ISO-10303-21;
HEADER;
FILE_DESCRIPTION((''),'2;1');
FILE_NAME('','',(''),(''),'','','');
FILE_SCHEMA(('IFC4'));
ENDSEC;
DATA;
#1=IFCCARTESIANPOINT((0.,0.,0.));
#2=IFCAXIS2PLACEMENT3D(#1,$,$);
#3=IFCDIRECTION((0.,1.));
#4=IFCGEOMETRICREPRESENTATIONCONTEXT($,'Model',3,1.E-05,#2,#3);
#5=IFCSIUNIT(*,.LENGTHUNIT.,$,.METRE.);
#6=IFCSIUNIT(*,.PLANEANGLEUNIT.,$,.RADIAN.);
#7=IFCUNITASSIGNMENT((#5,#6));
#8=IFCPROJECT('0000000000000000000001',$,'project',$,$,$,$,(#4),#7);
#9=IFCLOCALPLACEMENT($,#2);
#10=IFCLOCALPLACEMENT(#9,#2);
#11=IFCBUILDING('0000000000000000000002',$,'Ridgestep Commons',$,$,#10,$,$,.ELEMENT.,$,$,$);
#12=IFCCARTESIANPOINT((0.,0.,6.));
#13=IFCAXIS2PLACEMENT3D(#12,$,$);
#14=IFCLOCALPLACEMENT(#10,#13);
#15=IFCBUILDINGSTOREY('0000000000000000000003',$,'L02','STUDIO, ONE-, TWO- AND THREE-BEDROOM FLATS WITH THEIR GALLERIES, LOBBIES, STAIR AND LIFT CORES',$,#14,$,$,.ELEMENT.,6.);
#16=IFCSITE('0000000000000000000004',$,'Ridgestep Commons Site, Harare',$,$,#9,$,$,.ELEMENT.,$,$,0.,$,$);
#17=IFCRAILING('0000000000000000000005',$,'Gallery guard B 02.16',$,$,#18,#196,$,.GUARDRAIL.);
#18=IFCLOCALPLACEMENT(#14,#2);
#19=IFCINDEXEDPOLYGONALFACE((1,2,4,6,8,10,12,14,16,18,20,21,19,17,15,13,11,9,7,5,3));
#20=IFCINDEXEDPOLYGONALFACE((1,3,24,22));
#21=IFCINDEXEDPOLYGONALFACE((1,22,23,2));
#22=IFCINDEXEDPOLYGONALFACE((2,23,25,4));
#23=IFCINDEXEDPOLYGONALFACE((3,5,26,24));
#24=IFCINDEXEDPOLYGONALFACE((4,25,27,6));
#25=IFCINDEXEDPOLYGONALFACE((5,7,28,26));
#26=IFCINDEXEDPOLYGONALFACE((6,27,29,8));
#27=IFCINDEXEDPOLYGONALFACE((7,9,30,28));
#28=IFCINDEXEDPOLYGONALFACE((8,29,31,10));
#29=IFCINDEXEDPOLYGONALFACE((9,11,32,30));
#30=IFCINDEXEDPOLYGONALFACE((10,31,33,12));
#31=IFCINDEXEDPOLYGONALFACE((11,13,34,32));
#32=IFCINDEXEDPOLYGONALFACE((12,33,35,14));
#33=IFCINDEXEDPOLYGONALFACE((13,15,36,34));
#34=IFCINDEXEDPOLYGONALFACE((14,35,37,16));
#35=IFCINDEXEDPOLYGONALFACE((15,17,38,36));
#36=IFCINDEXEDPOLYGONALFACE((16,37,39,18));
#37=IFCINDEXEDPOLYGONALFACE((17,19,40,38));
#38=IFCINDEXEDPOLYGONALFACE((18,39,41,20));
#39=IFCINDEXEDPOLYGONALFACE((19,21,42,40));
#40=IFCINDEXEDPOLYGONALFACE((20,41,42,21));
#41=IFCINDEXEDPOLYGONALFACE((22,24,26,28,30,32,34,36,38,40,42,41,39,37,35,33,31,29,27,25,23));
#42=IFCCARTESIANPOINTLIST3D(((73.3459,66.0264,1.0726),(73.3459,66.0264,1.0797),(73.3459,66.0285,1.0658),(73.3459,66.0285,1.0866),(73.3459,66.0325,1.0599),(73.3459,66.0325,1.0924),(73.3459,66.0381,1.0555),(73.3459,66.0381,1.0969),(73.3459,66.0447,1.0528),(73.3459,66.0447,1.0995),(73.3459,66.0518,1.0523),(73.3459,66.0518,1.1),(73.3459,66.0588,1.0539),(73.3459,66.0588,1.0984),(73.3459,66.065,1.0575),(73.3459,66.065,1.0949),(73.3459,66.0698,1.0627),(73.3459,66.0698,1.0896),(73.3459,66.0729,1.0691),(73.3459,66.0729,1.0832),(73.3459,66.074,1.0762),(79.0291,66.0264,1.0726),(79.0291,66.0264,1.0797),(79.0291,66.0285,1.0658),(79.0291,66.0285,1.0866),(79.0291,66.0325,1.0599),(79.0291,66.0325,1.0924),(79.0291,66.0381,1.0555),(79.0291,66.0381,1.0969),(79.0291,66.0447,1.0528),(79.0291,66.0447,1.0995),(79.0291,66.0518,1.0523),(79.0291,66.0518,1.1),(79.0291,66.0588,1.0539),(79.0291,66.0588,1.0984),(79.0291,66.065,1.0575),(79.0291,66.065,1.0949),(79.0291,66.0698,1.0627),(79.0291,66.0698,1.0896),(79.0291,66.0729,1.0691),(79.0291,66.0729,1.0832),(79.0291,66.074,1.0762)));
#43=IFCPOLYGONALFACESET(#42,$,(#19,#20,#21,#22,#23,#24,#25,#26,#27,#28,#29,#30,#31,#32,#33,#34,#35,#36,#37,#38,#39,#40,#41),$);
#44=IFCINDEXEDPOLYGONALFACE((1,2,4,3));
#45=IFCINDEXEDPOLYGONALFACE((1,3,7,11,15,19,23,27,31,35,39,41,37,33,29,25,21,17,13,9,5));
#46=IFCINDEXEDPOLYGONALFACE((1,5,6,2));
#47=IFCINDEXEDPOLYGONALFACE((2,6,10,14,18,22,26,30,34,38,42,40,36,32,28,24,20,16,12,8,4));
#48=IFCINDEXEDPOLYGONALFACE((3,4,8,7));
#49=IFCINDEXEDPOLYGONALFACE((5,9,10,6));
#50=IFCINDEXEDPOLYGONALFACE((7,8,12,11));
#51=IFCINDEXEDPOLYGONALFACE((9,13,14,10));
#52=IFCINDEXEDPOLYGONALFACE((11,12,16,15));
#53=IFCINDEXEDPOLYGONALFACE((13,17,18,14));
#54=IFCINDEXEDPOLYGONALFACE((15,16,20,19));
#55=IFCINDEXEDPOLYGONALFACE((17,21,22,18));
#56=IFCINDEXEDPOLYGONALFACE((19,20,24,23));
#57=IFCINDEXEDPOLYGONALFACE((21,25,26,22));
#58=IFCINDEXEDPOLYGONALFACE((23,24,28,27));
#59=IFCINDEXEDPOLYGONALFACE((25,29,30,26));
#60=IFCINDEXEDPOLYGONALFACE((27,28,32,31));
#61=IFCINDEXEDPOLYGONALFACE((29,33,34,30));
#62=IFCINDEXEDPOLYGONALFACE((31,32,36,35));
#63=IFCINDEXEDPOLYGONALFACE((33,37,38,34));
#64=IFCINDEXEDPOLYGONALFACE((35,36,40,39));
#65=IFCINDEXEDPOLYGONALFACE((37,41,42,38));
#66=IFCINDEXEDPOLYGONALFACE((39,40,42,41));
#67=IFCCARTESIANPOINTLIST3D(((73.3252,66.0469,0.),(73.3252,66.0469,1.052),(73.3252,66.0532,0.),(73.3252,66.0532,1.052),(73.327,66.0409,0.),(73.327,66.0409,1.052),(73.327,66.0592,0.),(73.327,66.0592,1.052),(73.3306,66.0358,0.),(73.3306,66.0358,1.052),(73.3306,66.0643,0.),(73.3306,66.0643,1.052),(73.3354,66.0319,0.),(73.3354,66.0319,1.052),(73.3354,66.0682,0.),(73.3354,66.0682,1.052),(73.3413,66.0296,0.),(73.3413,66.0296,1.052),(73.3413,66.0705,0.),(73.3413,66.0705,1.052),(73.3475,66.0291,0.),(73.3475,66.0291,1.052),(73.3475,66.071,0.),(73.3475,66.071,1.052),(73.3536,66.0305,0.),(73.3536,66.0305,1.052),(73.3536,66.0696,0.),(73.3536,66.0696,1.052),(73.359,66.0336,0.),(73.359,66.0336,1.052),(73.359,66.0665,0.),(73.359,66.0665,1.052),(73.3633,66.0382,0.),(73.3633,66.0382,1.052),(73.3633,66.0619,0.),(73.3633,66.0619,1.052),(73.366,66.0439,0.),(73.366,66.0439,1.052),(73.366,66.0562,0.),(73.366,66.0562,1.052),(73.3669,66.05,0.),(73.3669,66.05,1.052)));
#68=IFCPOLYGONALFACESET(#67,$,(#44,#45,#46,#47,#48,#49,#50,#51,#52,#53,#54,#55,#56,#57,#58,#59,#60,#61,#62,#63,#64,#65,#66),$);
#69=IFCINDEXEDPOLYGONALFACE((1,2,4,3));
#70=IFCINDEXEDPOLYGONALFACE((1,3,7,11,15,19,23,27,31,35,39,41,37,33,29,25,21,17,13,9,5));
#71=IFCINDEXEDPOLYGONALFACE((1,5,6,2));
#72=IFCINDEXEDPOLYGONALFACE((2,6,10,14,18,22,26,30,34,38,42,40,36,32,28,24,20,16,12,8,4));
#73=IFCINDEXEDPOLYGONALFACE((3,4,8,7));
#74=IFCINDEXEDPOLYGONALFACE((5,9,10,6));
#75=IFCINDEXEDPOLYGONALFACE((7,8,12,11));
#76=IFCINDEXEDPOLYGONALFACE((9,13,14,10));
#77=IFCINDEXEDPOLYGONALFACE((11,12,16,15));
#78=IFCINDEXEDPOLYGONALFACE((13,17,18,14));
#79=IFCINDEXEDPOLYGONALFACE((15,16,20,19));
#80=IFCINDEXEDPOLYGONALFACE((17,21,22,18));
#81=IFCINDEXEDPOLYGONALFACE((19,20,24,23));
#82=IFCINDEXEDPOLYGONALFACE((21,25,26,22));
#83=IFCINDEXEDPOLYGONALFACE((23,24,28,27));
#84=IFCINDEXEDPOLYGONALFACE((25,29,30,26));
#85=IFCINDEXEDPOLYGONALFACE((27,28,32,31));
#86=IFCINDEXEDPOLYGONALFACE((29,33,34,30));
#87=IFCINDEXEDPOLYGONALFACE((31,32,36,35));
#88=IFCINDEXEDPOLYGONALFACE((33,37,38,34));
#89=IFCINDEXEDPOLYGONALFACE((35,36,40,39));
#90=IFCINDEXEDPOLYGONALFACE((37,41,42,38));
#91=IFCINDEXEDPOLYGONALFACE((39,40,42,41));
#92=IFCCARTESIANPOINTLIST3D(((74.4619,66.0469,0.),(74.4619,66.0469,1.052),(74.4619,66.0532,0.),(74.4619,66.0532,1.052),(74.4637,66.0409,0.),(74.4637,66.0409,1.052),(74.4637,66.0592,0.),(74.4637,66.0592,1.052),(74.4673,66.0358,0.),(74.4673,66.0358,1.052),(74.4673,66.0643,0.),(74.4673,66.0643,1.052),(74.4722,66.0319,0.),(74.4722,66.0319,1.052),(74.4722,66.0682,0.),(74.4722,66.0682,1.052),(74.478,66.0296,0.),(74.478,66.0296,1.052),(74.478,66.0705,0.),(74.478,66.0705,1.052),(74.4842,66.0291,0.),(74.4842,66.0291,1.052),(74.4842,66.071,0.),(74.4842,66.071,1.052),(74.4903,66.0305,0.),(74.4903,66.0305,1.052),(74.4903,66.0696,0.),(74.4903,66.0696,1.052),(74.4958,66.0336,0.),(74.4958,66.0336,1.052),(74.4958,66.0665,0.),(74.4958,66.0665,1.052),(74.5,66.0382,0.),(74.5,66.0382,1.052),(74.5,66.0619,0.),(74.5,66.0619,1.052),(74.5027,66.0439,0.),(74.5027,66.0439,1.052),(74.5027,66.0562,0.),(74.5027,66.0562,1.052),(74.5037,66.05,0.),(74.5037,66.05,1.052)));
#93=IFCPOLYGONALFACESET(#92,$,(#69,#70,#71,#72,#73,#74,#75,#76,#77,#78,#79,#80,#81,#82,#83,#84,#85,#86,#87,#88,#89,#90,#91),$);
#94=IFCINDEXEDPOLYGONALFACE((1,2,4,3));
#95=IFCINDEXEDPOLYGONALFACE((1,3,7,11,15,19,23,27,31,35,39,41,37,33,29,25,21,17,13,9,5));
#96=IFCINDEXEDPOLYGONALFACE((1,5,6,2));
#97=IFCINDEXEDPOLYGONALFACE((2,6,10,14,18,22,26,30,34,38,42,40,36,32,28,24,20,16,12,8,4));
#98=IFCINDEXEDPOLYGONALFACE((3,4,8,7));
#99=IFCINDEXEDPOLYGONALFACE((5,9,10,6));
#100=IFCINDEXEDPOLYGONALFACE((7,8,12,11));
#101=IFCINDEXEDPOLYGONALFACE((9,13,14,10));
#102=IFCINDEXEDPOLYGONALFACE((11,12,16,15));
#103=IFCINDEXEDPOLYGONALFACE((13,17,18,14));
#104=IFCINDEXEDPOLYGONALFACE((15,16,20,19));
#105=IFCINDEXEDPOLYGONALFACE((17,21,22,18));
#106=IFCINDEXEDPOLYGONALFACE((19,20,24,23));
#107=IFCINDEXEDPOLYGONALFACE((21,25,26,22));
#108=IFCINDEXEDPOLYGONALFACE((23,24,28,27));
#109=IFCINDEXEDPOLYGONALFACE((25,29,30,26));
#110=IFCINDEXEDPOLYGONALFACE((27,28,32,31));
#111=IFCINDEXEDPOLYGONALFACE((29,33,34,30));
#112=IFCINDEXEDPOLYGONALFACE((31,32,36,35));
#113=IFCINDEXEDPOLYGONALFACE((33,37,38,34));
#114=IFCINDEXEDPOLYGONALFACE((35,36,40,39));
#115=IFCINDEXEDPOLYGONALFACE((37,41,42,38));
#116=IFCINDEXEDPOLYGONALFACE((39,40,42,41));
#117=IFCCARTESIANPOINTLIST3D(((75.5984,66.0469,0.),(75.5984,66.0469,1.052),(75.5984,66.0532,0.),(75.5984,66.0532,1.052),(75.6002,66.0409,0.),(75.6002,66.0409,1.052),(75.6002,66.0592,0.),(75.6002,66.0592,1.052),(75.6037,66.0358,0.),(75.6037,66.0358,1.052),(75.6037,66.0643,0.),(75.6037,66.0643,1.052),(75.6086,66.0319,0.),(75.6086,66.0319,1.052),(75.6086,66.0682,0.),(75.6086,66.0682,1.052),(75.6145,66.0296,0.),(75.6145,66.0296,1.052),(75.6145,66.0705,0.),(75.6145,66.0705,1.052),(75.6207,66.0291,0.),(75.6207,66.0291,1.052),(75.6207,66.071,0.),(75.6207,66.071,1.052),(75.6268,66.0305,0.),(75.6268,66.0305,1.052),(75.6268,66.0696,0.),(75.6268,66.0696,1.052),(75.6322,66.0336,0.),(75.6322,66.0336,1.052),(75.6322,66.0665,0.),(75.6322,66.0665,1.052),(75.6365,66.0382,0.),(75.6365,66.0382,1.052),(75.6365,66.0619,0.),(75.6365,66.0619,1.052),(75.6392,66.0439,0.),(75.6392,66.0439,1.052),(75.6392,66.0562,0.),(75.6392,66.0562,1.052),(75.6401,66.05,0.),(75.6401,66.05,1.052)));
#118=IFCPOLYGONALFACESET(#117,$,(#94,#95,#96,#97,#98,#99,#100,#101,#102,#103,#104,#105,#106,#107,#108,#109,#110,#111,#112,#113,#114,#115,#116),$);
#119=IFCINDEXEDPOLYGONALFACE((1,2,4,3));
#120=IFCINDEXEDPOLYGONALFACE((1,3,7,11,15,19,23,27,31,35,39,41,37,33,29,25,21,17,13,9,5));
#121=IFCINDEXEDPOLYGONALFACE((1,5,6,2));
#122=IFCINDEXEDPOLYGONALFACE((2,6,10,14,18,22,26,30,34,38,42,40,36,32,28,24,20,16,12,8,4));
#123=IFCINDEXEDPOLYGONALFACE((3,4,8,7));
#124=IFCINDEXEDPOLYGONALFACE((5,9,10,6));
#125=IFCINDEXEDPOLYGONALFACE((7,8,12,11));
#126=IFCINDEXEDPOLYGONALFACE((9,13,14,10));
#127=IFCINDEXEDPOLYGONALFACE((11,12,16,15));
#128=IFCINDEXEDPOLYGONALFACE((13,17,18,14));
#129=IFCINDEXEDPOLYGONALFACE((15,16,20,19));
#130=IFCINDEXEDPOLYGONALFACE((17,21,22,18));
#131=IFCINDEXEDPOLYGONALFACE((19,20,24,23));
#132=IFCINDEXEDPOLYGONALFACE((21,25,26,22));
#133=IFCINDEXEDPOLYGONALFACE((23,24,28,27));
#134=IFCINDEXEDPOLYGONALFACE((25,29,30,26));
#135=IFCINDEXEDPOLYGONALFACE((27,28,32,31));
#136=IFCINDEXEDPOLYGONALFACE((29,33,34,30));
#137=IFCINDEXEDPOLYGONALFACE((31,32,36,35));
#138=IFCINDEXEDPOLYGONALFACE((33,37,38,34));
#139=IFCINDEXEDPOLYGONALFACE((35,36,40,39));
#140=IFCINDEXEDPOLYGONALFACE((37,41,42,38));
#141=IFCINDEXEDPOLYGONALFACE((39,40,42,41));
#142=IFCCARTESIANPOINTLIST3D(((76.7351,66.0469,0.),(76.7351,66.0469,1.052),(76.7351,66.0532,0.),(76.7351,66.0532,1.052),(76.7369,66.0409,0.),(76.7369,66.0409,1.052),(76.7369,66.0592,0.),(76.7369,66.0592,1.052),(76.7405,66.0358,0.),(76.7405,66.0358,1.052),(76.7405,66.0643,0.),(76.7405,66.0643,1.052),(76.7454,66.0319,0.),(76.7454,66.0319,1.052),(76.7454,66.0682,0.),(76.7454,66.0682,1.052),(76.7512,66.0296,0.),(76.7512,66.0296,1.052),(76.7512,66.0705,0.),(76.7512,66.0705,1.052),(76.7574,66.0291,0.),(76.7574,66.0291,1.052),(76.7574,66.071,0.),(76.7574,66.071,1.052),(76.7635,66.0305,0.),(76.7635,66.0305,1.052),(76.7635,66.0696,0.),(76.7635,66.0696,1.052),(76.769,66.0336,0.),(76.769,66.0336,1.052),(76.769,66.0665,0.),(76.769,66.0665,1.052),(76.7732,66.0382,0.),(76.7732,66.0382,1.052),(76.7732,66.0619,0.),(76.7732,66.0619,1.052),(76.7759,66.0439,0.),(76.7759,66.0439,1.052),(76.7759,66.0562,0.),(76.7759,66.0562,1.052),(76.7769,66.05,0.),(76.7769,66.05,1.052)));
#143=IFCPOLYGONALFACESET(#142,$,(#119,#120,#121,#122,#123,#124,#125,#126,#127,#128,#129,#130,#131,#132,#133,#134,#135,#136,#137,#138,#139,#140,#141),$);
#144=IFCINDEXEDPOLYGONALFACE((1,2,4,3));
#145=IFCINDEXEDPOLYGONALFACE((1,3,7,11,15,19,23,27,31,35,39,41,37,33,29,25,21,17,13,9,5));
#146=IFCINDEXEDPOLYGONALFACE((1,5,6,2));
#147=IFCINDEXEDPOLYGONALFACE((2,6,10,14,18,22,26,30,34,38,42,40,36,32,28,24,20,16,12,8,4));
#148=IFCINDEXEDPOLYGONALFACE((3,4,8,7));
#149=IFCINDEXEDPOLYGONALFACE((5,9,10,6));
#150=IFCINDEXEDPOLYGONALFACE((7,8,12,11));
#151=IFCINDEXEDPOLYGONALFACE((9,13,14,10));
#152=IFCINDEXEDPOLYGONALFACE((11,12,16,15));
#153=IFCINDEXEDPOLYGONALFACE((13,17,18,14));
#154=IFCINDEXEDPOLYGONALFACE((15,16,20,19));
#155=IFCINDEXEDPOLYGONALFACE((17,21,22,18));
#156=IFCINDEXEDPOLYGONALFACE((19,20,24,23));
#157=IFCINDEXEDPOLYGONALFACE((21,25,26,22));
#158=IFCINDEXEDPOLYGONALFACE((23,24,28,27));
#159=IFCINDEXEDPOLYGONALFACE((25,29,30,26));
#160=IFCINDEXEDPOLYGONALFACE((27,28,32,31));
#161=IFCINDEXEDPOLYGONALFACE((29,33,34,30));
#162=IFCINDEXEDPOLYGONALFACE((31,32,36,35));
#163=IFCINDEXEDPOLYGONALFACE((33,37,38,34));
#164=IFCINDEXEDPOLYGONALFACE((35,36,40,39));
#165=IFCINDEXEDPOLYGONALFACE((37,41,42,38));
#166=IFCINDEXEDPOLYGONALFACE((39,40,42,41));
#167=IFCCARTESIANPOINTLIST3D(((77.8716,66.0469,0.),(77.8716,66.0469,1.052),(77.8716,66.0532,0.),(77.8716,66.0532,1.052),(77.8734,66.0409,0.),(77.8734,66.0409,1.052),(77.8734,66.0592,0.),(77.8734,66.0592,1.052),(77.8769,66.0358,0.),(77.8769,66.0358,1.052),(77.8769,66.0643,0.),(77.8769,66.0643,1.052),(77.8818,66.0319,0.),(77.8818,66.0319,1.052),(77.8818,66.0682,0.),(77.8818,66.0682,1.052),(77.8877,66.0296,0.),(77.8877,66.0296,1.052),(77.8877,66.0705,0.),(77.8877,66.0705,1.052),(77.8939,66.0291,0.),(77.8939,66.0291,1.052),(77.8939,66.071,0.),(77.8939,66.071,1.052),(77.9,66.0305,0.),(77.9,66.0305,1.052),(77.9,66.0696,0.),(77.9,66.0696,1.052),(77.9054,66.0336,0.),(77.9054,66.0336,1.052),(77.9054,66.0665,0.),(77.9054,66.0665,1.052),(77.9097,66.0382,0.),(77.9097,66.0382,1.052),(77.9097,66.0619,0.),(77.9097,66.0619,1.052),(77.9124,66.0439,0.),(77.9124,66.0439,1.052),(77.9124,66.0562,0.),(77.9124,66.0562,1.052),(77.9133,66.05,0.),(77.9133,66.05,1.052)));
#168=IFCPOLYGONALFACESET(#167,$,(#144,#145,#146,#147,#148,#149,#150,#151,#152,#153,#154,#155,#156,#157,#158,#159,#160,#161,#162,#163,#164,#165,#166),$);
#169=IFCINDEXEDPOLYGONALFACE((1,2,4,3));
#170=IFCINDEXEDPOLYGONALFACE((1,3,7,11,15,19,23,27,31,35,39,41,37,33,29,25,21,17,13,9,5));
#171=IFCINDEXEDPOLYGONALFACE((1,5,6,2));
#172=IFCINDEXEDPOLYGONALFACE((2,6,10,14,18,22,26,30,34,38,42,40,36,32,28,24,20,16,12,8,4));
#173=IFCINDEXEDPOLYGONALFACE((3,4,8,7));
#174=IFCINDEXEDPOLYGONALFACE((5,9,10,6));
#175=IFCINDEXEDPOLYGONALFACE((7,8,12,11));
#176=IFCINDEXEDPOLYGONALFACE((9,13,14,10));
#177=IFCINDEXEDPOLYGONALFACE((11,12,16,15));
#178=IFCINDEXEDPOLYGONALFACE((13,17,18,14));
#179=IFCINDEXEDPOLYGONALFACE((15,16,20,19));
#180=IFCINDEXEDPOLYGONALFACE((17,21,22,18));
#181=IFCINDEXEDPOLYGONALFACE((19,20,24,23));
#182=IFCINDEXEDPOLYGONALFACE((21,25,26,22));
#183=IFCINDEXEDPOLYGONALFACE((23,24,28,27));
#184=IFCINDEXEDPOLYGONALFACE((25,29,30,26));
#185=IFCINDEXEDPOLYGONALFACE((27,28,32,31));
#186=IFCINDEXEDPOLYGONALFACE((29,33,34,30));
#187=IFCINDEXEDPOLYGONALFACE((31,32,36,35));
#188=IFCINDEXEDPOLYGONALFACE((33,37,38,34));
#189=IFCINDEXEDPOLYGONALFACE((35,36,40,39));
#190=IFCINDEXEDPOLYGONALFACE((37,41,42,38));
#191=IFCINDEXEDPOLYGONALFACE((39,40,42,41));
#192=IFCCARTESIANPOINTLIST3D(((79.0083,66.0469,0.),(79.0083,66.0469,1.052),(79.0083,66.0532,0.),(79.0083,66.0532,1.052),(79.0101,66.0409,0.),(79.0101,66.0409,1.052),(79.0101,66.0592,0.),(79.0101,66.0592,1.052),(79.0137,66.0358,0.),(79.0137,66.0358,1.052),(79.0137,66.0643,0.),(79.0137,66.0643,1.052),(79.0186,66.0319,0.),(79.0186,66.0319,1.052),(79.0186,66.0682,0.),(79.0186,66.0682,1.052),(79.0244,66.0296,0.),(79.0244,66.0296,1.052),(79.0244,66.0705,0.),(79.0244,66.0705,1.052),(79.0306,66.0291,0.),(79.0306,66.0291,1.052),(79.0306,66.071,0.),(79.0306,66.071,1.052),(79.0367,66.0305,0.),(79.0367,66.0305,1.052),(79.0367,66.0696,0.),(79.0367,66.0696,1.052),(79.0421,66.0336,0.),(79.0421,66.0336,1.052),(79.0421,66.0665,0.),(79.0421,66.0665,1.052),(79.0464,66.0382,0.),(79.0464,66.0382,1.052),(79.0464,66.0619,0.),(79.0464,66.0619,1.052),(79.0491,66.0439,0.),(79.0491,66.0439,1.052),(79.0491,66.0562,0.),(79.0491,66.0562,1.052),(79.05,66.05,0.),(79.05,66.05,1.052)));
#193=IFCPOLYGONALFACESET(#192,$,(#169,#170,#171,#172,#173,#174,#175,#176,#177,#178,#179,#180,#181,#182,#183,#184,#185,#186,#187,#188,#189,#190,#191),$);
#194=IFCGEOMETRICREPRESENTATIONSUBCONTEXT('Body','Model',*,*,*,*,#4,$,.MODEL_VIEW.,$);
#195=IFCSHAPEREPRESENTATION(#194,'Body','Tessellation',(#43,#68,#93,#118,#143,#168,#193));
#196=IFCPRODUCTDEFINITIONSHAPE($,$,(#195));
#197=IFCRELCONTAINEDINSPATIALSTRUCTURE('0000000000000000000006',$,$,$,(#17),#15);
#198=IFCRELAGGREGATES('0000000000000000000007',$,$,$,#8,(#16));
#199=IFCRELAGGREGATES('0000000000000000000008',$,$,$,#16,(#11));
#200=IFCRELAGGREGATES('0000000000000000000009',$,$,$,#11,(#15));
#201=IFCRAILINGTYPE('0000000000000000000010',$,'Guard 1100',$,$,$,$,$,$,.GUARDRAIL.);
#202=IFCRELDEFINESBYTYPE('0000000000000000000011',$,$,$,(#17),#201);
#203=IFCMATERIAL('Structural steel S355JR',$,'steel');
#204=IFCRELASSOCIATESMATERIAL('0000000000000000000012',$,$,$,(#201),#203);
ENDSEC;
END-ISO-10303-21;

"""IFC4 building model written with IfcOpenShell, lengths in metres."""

from ifc_helpers import new_model, si_unit, direction, frame, origin, origin_2d, place, context, subcontext, project, spatial, circle, extrude, material, type_object, element, save


model = new_model("IFC4")

# Units and contexts
model_context = context("Model", 3, precision=1e-05, world=origin(), true_north=direction((0.0, 1.0)))
body_context = subcontext(model_context, "Body", "Model", "MODEL_VIEW")
ifc_project = project(units=[si_unit("LENGTHUNIT", "METRE"), si_unit("PLANEANGLEUNIT", "RADIAN")], contexts=[model_context])

# Site, building, storey
site_placement = place(None, origin())
site = spatial("IfcSite", under=ifc_project, at=site_placement, Name="Ridgestep Commons Site, Harare", CompositionType="ELEMENT", RefElevation=0.0)
building_placement = place(site_placement, origin())
building = spatial("IfcBuilding", under=site, at=building_placement, Name="Ridgestep Commons", CompositionType="ELEMENT")
storey_placement = place(building_placement, frame((0.0, 0.0, 6.0)))
storey = spatial("IfcBuildingStorey", under=building, at=storey_placement, Name="L02", Description="STUDIO, ONE-, TWO- AND THREE-BEDROOM FLATS WITH THEIR GALLERIES, LOBBIES, STAIR AND LIFT CORES", CompositionType="ELEMENT", Elevation=6.0)

# Railing
ifc_material_1 = material(Name="Structural steel S355JR", Category="steel")
railing_type_1 = type_object("IfcRailingType", Name="Guard 1100", PredefinedType="GUARDRAIL", material=ifc_material_1)
railing_1_placement = place(storey_placement, frame((73.3459, 66.05, 0.0)))
element("IfcRailing", 1, at=railing_1_placement, inside=storey, type_object=railing_type_1, Name="Gallery guard B 02.16", PredefinedType="GUARDRAIL", context=body_context, shape_type="SweptSolid", body=[
    extrude(circle(Radius=0.0239, at=origin_2d()), frame((0.0, 0.0, 1.0762), z_axis=(1.0, 0.0, 0.0), x_axis=(0.0, 1.0, 0.0)), (0.0, 0.0, 1.0), 5.6831),
    extrude(circle(Radius=0.021, at=origin_2d()), origin(), (0.0, 0.0, 1.0), 1.052),
    extrude(circle(Radius=0.021, at=origin_2d()), frame((1.1367, 0.0, 0.0)), (0.0, 0.0, 1.0), 1.052),
    extrude(circle(Radius=0.021, at=origin_2d()), frame((2.2732, 0.0, 0.0)), (0.0, 0.0, 1.0), 1.052),
    extrude(circle(Radius=0.021, at=origin_2d()), frame((3.4099, 0.0, 0.0)), (0.0, 0.0, 1.0), 1.052),
    extrude(circle(Radius=0.021, at=origin_2d()), frame((4.5464, 0.0, 0.0)), (0.0, 0.0, 1.0), 1.052),
    extrude(circle(Radius=0.021, at=origin_2d()), frame((5.6831, 0.0, 0.0)), (0.0, 0.0, 1.0), 1.052),
])

save(model, "model.ifc")
